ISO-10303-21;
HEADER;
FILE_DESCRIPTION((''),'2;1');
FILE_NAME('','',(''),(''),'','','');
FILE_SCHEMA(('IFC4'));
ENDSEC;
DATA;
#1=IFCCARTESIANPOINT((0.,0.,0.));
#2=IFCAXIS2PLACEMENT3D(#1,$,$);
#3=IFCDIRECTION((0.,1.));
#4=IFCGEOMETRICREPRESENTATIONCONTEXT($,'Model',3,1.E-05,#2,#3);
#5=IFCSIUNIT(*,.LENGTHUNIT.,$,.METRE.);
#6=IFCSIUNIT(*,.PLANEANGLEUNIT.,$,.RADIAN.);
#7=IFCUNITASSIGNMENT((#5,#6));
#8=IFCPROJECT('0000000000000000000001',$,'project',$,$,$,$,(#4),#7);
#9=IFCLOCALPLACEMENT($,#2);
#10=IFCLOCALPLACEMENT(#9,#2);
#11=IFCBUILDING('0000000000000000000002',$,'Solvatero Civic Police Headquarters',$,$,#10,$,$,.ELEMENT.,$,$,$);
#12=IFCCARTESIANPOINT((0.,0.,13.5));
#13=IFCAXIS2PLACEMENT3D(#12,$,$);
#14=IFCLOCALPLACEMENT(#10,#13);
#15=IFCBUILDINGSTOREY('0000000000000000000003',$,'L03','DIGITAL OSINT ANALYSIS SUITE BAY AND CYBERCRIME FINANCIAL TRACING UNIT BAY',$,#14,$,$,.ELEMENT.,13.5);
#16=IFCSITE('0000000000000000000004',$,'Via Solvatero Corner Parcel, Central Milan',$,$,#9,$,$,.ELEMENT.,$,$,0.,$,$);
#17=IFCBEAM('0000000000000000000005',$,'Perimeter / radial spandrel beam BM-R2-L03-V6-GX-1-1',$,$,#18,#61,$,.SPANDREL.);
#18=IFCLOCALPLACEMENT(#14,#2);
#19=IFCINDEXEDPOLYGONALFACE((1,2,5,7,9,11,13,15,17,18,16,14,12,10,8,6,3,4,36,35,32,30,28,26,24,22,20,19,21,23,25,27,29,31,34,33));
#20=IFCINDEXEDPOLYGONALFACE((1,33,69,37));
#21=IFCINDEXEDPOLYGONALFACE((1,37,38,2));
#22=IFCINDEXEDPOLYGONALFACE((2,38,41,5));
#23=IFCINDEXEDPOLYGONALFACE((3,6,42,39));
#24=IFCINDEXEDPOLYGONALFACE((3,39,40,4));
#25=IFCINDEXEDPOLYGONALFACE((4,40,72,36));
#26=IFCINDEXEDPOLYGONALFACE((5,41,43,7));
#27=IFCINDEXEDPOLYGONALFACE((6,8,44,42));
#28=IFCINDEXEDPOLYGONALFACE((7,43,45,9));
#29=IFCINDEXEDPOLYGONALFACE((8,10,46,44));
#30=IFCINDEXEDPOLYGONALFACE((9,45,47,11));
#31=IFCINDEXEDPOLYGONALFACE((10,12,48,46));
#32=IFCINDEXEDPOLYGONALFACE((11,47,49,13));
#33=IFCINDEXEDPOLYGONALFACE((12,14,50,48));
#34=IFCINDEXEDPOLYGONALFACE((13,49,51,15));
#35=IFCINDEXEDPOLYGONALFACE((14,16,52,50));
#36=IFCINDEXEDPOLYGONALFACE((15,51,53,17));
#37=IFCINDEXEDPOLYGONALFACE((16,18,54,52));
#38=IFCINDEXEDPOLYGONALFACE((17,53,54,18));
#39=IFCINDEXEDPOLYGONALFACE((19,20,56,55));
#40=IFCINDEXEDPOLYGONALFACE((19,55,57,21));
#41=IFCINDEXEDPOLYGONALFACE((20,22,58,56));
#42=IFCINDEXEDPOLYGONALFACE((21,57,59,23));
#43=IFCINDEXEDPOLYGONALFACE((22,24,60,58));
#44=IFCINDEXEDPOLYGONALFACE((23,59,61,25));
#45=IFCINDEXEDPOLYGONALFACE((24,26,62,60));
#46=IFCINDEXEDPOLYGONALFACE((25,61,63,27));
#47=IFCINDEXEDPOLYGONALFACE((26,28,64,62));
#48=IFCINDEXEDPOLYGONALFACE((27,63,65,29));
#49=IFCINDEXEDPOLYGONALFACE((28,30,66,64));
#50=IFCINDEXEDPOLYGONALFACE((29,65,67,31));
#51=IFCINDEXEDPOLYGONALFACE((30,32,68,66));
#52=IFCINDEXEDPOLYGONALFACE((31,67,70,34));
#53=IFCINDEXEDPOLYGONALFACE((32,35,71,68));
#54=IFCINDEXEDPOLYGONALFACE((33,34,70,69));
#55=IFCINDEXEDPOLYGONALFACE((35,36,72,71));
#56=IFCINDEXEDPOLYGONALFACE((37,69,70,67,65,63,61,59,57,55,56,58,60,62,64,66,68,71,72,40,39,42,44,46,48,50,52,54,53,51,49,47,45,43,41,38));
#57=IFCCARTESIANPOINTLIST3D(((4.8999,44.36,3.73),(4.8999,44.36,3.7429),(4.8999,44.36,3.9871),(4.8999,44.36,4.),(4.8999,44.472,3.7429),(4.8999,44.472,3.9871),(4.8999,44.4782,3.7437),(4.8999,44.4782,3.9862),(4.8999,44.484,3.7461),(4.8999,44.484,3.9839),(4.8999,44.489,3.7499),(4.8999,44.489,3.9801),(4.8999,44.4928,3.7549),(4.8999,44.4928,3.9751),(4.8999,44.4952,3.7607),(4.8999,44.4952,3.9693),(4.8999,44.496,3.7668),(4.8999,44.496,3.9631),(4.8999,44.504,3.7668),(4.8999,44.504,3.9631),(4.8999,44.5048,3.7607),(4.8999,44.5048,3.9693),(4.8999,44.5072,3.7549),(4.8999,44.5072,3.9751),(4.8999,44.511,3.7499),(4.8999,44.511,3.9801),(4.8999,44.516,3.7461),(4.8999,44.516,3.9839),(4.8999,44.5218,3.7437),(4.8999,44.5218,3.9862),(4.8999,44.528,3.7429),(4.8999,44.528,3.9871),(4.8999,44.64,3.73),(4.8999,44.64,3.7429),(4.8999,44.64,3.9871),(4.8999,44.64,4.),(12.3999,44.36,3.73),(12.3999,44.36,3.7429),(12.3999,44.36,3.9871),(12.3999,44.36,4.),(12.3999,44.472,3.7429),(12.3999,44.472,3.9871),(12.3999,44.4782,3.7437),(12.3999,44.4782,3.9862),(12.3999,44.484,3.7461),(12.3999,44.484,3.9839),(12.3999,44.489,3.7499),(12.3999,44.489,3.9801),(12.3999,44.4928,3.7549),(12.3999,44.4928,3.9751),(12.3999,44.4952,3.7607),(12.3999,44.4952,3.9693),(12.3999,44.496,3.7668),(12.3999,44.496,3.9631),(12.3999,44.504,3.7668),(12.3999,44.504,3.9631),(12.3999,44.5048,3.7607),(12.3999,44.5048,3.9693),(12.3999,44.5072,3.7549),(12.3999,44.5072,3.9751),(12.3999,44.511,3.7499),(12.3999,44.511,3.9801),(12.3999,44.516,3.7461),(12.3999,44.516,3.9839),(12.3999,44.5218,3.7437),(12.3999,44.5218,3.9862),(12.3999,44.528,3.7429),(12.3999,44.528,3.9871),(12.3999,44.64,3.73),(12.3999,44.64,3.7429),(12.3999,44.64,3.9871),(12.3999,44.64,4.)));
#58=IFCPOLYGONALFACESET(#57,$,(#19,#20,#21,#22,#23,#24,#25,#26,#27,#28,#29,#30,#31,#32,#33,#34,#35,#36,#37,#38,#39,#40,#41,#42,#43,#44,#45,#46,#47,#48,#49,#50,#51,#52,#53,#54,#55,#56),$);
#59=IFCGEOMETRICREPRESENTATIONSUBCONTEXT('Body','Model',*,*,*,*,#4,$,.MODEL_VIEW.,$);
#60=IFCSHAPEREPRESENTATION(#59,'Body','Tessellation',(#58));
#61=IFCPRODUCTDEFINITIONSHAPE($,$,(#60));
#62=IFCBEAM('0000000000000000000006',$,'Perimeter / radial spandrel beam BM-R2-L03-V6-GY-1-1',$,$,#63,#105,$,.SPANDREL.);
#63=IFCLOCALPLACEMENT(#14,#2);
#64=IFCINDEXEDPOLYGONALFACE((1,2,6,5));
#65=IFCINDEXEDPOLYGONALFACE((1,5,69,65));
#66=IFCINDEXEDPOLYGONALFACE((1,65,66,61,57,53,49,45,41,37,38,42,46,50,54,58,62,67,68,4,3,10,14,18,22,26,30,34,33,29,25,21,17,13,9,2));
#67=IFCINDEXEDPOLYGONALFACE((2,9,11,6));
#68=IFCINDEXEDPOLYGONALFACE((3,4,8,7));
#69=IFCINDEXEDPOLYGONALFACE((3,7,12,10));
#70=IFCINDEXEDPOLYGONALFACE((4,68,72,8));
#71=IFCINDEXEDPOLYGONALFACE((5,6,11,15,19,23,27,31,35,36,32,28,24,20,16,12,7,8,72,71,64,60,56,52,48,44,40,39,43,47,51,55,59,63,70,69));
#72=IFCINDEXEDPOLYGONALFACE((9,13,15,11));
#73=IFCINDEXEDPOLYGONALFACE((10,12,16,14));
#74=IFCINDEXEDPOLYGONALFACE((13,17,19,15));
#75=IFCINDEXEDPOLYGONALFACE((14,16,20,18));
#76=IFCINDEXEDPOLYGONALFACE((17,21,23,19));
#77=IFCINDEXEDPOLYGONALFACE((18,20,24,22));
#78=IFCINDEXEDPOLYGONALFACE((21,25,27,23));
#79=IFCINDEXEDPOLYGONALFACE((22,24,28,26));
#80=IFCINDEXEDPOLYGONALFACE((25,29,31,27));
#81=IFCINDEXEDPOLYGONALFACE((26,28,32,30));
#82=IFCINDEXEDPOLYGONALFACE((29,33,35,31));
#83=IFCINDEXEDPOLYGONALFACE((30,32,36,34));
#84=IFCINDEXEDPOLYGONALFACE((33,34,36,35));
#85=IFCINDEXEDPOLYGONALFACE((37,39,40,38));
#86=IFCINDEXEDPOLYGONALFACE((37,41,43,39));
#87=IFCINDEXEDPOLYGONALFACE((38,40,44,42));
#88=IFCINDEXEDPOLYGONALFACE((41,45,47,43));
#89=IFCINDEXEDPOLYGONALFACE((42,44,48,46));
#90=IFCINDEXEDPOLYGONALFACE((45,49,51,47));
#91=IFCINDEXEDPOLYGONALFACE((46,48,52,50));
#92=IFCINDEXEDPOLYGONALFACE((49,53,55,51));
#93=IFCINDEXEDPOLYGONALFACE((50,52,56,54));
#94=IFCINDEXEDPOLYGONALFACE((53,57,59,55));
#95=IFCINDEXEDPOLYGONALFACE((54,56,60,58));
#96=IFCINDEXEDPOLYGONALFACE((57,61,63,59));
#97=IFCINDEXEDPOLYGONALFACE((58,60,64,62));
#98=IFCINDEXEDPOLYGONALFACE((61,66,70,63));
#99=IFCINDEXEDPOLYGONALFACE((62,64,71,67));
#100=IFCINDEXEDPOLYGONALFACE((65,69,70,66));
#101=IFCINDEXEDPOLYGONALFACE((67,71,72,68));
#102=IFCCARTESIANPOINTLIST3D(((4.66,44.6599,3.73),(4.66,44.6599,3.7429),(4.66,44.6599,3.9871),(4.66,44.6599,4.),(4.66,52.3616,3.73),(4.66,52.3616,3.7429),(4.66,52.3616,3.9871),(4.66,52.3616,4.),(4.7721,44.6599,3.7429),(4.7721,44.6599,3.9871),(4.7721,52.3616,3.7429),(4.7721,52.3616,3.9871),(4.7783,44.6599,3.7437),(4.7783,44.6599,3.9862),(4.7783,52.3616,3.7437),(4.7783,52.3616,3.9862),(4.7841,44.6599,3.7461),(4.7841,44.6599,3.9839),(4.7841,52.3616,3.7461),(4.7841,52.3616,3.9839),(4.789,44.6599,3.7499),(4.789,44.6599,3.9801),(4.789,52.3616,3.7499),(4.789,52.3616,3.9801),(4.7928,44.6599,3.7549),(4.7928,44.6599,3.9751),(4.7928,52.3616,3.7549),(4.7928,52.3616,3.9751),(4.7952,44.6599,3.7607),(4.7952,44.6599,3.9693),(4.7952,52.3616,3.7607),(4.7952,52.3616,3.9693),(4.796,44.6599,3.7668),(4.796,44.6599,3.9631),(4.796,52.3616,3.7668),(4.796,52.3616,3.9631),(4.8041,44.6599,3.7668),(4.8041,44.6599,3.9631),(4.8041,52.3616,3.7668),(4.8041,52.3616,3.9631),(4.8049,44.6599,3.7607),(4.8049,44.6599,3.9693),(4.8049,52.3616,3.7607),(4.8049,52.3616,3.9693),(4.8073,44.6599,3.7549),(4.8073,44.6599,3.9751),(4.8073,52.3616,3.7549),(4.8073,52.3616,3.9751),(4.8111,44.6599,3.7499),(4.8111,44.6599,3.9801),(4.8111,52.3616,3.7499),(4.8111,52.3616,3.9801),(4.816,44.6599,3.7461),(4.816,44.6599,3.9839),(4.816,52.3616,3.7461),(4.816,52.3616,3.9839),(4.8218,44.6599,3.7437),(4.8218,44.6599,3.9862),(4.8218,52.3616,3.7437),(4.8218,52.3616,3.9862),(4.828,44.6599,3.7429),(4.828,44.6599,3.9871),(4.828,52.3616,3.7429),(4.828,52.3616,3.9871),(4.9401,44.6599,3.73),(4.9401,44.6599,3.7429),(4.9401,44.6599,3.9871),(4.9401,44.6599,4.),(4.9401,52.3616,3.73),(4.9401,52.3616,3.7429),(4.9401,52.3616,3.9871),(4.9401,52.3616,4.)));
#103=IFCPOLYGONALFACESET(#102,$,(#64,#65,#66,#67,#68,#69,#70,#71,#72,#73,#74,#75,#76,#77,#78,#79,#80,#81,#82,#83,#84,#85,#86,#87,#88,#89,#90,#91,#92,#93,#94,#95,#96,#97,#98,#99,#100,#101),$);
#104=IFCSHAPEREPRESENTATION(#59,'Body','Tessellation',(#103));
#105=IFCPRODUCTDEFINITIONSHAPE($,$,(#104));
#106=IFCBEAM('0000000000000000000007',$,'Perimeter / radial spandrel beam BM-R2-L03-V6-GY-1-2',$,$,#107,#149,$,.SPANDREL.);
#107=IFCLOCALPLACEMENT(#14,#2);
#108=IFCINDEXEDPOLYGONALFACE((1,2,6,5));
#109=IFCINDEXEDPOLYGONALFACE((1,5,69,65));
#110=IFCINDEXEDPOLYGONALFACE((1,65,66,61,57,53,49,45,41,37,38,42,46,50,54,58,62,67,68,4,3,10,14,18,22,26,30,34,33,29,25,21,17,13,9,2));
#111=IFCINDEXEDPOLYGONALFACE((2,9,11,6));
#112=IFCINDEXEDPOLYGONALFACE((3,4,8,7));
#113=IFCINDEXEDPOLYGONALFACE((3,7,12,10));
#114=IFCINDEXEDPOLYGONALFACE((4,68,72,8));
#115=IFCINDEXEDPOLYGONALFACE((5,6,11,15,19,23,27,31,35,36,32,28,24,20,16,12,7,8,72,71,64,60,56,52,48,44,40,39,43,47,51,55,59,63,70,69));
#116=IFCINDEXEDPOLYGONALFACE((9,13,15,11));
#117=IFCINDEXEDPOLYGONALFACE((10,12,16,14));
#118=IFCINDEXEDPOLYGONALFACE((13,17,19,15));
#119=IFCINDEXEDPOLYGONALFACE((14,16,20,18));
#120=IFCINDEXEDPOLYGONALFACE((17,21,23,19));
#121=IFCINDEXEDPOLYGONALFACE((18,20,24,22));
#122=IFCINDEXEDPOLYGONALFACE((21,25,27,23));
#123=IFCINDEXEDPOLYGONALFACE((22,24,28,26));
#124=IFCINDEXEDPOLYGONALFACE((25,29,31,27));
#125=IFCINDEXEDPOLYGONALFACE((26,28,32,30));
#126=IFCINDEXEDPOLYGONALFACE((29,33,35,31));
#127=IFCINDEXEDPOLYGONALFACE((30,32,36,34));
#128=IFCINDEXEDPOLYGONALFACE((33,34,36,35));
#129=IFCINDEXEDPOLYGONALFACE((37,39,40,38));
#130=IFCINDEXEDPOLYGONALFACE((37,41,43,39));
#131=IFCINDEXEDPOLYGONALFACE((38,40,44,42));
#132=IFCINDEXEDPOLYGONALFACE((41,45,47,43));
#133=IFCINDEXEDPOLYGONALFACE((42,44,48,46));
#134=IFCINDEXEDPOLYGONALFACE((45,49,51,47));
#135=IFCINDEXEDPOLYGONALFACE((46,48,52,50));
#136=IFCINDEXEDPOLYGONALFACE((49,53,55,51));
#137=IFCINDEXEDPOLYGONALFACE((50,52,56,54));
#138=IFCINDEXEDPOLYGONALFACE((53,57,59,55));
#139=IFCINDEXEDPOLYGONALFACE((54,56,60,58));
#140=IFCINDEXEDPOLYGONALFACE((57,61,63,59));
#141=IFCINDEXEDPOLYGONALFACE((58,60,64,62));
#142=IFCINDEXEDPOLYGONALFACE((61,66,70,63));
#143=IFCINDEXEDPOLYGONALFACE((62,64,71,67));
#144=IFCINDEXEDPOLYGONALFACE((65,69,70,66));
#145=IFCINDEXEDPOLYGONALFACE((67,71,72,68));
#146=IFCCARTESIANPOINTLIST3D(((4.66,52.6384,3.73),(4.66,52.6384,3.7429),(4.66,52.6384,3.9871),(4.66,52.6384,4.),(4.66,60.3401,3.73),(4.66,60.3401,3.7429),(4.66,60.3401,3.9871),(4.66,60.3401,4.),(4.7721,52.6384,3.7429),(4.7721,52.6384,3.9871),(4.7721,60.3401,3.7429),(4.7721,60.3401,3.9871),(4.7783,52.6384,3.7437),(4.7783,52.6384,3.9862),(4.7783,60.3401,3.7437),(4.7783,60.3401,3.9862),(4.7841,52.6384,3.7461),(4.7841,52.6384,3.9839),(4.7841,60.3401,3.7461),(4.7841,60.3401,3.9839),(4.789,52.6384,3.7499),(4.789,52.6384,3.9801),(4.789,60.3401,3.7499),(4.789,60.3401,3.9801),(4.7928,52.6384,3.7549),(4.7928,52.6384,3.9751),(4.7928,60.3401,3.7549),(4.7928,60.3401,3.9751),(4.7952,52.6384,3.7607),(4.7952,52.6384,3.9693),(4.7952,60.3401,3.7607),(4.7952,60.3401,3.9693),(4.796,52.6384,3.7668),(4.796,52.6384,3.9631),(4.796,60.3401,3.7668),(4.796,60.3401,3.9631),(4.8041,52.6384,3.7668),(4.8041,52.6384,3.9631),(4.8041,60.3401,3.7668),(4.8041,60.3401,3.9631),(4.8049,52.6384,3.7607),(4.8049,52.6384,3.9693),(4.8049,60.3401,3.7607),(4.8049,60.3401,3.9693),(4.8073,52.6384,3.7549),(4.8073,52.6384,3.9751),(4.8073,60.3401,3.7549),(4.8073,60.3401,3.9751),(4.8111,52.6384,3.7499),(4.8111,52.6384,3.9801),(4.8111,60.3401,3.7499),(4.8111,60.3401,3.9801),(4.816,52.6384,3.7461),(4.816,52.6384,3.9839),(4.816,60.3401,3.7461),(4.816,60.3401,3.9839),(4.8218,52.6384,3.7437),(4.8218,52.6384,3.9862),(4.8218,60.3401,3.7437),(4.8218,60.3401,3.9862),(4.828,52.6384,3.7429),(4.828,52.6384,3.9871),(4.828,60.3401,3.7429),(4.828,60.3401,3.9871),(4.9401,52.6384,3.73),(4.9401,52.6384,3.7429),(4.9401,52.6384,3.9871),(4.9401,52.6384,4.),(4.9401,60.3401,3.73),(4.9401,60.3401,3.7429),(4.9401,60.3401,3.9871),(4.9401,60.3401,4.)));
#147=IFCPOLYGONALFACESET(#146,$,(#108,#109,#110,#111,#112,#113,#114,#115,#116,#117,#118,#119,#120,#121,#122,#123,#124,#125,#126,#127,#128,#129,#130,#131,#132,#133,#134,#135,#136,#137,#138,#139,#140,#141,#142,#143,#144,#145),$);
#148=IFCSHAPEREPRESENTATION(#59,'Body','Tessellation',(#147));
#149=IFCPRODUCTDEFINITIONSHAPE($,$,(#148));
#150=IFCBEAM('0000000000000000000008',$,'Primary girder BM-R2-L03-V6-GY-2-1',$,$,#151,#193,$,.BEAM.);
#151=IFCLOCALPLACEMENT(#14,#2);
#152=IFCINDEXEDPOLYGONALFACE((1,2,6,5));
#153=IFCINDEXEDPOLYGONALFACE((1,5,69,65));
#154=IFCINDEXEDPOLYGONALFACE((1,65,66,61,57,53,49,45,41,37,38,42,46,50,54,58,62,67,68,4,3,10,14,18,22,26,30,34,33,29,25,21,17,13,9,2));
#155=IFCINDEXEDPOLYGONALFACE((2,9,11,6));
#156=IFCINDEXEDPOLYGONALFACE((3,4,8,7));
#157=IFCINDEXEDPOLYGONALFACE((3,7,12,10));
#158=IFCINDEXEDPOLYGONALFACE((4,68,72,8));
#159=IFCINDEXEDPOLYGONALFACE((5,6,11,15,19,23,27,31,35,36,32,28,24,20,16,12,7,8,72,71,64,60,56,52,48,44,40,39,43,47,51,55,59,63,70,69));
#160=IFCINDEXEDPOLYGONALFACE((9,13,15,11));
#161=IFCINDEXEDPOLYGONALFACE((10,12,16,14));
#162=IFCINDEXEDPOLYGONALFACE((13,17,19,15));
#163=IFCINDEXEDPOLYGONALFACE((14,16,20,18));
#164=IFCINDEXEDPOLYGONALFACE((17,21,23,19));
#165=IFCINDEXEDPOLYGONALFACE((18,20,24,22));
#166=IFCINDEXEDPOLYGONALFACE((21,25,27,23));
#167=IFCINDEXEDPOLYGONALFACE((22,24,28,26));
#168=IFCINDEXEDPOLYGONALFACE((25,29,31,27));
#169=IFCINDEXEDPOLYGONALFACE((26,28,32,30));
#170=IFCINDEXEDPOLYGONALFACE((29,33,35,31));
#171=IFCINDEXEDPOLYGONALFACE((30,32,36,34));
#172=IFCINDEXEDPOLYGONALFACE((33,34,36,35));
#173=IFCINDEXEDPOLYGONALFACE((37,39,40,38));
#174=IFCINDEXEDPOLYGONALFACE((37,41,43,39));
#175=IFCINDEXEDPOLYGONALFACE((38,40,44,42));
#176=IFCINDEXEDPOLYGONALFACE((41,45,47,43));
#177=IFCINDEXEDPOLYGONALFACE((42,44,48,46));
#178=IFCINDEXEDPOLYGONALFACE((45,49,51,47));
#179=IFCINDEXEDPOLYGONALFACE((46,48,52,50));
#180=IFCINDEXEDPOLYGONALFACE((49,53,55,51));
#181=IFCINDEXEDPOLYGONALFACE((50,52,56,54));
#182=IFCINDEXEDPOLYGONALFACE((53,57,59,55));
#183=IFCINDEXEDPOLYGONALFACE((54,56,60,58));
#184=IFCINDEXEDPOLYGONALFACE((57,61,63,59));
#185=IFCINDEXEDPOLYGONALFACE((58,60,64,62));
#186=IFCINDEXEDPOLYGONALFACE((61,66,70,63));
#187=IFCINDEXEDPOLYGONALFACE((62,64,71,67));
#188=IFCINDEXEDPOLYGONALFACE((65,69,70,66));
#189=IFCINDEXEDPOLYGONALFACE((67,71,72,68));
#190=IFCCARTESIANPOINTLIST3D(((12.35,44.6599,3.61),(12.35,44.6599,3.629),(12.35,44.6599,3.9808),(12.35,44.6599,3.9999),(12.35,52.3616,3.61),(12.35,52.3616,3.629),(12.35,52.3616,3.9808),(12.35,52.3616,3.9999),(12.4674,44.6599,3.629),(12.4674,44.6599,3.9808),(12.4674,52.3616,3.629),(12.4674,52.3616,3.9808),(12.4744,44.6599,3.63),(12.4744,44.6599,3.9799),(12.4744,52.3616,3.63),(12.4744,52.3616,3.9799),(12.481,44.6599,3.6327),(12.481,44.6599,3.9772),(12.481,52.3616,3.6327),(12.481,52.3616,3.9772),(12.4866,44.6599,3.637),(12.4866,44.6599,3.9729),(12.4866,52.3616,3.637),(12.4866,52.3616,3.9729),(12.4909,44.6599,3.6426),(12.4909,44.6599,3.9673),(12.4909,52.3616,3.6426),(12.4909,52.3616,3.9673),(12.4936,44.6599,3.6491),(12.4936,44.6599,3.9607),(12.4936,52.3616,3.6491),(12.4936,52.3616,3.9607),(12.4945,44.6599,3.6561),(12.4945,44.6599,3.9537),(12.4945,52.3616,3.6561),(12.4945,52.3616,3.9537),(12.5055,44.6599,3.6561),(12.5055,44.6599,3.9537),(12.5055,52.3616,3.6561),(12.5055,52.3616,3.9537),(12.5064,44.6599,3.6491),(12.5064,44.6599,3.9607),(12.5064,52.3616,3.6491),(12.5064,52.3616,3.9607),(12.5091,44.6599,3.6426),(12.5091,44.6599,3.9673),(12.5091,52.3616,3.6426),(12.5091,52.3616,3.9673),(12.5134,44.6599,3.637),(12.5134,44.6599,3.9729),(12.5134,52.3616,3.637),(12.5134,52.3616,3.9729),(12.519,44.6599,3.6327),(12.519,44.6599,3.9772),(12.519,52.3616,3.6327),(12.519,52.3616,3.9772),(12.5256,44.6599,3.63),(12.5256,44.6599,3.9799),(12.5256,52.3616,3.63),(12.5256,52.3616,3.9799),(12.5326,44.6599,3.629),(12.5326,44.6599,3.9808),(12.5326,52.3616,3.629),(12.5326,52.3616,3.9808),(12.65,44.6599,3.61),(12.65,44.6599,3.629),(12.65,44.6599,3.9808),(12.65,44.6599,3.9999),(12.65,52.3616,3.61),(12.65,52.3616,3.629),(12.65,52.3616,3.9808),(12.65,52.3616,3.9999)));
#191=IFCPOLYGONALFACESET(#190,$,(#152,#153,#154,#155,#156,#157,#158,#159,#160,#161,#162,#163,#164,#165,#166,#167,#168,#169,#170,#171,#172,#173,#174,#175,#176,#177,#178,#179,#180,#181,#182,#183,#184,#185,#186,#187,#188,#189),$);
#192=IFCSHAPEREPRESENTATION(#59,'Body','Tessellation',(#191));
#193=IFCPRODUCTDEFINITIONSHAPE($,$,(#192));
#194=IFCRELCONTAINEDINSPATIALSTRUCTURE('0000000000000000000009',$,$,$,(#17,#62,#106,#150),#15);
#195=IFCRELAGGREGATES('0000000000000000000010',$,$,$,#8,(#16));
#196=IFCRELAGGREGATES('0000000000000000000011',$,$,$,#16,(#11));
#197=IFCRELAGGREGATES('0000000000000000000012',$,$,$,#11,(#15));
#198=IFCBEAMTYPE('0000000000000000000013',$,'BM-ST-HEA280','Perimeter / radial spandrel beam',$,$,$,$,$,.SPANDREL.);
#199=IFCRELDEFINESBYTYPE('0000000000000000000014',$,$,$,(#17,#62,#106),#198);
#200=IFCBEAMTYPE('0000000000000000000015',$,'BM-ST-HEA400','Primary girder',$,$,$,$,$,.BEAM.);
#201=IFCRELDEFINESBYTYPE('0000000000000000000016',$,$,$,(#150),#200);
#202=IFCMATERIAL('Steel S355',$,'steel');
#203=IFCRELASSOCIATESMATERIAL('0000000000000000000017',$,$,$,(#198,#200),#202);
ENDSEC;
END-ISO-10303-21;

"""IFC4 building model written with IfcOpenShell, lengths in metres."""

from ifc_helpers import new_model, si_unit, direction, frame, origin, origin_2d, place, context, subcontext, project, spatial, i_section, extrude, material, material_profile, profile_set, type_object, element, save


model = new_model("IFC4")

# Units and contexts
model_context = context("Model", 3, precision=1e-05, world=origin(), true_north=direction((0.0, 1.0)))
body_context = subcontext(model_context, "Body", "Model", "MODEL_VIEW")
ifc_project = project(units=[si_unit("LENGTHUNIT", "METRE"), si_unit("PLANEANGLEUNIT", "RADIAN")], contexts=[model_context])

# Site, building, storey
site_placement = place(None, origin())
site = spatial("IfcSite", under=ifc_project, at=site_placement, Name="Via Solvatero Corner Parcel, Central Milan", CompositionType="ELEMENT", RefElevation=0.0)
building_placement = place(site_placement, origin())
building = spatial("IfcBuilding", under=site, at=building_placement, Name="Solvatero Civic Police Headquarters", CompositionType="ELEMENT")
storey_placement = place(building_placement, frame((0.0, 0.0, 13.5)))
storey = spatial("IfcBuildingStorey", under=building, at=storey_placement, Name="L03", Description="DIGITAL OSINT ANALYSIS SUITE BAY AND CYBERCRIME FINANCIAL TRACING UNIT BAY", CompositionType="ELEMENT", Elevation=13.5)

# Shared definitions
ifc_material_1 = material(Name="Steel S355", Category="steel")

# Beams
ifc_material_profile_1 = material_profile(ifc_material_1, i_section(OverallWidth=0.28, OverallDepth=0.27, WebThickness=0.0081, FlangeThickness=0.0129, FilletRadius=0.0239, at=origin_2d()), Name="HEA 280")
ifc_profile_set_1 = profile_set([ifc_material_profile_1], Name="Steel S355")
beam_type_1 = type_object("IfcBeamType", Name="BM-ST-HEA280", Description="Perimeter / radial spandrel beam", PredefinedType="SPANDREL", material=ifc_profile_set_1)
beam_1_placement = place(storey_placement, frame((4.8999, 44.5, 3.865), z_axis=(1.0, 0.0, 0.0), x_axis=(0.0, 1.0, 0.0)))
element("IfcBeam", 1, at=beam_1_placement, inside=storey, type_object=beam_type_1, Name="Perimeter / radial spandrel beam BM-R2-L03-V6-GX-1-1", PredefinedType="SPANDREL", context=body_context, shape_type="SweptSolid", body=[
    extrude(i_section(OverallWidth=0.28, OverallDepth=0.27, WebThickness=0.0081, FlangeThickness=0.0129, FilletRadius=0.0239, at=origin_2d()), origin(), (0.0, 0.0, 1.0), 7.5),
])
for number, where, z_axis, x_axis, name in (
    (2, (4.8, 44.6599, 3.865), (0.0, 1.0, 0.0), (-1.0, 0.0, 0.0), "Perimeter / radial spandrel beam BM-R2-L03-V6-GY-1-1"),
    (3, (4.8, 52.6384, 3.865), (0.0, 1.0, 0.0), (-1.0, 0.0, 0.0), "Perimeter / radial spandrel beam BM-R2-L03-V6-GY-1-2"),
):
    element("IfcBeam", number, at=place(storey_placement, frame(where, z_axis=z_axis, x_axis=x_axis)), inside=storey, type_object=beam_type_1, Name=name, PredefinedType="SPANDREL", context=body_context, shape_type="SweptSolid", body=[
        extrude(i_section(OverallWidth=0.28, OverallDepth=0.27, WebThickness=0.0081, FlangeThickness=0.0129, FilletRadius=0.0239, at=origin_2d()), origin(), (0.0, 0.0, 1.0), 7.7017),
    ])
ifc_material_profile_2 = material_profile(ifc_material_1, i_section(OverallWidth=0.3, OverallDepth=0.3899, WebThickness=0.011, FlangeThickness=0.019, FilletRadius=0.0271, at=origin_2d()), Name="HEA 400")
ifc_profile_set_2 = profile_set([ifc_material_profile_2], Name="Steel S355")
beam_type_2 = type_object("IfcBeamType", Name="BM-ST-HEA400", Description="Primary girder", PredefinedType="BEAM", material=ifc_profile_set_2)
beam_2_placement = place(storey_placement, frame((12.5, 44.6599, 3.8049), z_axis=(0.0, 1.0, 0.0), x_axis=(-1.0, 0.0, 0.0)))
element("IfcBeam", 4, at=beam_2_placement, inside=storey, type_object=beam_type_2, Name="Primary girder BM-R2-L03-V6-GY-2-1", PredefinedType="BEAM", context=body_context, shape_type="SweptSolid", body=[
    extrude(i_section(OverallWidth=0.3, OverallDepth=0.3899, WebThickness=0.011, FlangeThickness=0.019, FilletRadius=0.0271, at=origin_2d()), origin(), (0.0, 0.0, 1.0), 7.7017),
])

save(model, "model.ifc")
